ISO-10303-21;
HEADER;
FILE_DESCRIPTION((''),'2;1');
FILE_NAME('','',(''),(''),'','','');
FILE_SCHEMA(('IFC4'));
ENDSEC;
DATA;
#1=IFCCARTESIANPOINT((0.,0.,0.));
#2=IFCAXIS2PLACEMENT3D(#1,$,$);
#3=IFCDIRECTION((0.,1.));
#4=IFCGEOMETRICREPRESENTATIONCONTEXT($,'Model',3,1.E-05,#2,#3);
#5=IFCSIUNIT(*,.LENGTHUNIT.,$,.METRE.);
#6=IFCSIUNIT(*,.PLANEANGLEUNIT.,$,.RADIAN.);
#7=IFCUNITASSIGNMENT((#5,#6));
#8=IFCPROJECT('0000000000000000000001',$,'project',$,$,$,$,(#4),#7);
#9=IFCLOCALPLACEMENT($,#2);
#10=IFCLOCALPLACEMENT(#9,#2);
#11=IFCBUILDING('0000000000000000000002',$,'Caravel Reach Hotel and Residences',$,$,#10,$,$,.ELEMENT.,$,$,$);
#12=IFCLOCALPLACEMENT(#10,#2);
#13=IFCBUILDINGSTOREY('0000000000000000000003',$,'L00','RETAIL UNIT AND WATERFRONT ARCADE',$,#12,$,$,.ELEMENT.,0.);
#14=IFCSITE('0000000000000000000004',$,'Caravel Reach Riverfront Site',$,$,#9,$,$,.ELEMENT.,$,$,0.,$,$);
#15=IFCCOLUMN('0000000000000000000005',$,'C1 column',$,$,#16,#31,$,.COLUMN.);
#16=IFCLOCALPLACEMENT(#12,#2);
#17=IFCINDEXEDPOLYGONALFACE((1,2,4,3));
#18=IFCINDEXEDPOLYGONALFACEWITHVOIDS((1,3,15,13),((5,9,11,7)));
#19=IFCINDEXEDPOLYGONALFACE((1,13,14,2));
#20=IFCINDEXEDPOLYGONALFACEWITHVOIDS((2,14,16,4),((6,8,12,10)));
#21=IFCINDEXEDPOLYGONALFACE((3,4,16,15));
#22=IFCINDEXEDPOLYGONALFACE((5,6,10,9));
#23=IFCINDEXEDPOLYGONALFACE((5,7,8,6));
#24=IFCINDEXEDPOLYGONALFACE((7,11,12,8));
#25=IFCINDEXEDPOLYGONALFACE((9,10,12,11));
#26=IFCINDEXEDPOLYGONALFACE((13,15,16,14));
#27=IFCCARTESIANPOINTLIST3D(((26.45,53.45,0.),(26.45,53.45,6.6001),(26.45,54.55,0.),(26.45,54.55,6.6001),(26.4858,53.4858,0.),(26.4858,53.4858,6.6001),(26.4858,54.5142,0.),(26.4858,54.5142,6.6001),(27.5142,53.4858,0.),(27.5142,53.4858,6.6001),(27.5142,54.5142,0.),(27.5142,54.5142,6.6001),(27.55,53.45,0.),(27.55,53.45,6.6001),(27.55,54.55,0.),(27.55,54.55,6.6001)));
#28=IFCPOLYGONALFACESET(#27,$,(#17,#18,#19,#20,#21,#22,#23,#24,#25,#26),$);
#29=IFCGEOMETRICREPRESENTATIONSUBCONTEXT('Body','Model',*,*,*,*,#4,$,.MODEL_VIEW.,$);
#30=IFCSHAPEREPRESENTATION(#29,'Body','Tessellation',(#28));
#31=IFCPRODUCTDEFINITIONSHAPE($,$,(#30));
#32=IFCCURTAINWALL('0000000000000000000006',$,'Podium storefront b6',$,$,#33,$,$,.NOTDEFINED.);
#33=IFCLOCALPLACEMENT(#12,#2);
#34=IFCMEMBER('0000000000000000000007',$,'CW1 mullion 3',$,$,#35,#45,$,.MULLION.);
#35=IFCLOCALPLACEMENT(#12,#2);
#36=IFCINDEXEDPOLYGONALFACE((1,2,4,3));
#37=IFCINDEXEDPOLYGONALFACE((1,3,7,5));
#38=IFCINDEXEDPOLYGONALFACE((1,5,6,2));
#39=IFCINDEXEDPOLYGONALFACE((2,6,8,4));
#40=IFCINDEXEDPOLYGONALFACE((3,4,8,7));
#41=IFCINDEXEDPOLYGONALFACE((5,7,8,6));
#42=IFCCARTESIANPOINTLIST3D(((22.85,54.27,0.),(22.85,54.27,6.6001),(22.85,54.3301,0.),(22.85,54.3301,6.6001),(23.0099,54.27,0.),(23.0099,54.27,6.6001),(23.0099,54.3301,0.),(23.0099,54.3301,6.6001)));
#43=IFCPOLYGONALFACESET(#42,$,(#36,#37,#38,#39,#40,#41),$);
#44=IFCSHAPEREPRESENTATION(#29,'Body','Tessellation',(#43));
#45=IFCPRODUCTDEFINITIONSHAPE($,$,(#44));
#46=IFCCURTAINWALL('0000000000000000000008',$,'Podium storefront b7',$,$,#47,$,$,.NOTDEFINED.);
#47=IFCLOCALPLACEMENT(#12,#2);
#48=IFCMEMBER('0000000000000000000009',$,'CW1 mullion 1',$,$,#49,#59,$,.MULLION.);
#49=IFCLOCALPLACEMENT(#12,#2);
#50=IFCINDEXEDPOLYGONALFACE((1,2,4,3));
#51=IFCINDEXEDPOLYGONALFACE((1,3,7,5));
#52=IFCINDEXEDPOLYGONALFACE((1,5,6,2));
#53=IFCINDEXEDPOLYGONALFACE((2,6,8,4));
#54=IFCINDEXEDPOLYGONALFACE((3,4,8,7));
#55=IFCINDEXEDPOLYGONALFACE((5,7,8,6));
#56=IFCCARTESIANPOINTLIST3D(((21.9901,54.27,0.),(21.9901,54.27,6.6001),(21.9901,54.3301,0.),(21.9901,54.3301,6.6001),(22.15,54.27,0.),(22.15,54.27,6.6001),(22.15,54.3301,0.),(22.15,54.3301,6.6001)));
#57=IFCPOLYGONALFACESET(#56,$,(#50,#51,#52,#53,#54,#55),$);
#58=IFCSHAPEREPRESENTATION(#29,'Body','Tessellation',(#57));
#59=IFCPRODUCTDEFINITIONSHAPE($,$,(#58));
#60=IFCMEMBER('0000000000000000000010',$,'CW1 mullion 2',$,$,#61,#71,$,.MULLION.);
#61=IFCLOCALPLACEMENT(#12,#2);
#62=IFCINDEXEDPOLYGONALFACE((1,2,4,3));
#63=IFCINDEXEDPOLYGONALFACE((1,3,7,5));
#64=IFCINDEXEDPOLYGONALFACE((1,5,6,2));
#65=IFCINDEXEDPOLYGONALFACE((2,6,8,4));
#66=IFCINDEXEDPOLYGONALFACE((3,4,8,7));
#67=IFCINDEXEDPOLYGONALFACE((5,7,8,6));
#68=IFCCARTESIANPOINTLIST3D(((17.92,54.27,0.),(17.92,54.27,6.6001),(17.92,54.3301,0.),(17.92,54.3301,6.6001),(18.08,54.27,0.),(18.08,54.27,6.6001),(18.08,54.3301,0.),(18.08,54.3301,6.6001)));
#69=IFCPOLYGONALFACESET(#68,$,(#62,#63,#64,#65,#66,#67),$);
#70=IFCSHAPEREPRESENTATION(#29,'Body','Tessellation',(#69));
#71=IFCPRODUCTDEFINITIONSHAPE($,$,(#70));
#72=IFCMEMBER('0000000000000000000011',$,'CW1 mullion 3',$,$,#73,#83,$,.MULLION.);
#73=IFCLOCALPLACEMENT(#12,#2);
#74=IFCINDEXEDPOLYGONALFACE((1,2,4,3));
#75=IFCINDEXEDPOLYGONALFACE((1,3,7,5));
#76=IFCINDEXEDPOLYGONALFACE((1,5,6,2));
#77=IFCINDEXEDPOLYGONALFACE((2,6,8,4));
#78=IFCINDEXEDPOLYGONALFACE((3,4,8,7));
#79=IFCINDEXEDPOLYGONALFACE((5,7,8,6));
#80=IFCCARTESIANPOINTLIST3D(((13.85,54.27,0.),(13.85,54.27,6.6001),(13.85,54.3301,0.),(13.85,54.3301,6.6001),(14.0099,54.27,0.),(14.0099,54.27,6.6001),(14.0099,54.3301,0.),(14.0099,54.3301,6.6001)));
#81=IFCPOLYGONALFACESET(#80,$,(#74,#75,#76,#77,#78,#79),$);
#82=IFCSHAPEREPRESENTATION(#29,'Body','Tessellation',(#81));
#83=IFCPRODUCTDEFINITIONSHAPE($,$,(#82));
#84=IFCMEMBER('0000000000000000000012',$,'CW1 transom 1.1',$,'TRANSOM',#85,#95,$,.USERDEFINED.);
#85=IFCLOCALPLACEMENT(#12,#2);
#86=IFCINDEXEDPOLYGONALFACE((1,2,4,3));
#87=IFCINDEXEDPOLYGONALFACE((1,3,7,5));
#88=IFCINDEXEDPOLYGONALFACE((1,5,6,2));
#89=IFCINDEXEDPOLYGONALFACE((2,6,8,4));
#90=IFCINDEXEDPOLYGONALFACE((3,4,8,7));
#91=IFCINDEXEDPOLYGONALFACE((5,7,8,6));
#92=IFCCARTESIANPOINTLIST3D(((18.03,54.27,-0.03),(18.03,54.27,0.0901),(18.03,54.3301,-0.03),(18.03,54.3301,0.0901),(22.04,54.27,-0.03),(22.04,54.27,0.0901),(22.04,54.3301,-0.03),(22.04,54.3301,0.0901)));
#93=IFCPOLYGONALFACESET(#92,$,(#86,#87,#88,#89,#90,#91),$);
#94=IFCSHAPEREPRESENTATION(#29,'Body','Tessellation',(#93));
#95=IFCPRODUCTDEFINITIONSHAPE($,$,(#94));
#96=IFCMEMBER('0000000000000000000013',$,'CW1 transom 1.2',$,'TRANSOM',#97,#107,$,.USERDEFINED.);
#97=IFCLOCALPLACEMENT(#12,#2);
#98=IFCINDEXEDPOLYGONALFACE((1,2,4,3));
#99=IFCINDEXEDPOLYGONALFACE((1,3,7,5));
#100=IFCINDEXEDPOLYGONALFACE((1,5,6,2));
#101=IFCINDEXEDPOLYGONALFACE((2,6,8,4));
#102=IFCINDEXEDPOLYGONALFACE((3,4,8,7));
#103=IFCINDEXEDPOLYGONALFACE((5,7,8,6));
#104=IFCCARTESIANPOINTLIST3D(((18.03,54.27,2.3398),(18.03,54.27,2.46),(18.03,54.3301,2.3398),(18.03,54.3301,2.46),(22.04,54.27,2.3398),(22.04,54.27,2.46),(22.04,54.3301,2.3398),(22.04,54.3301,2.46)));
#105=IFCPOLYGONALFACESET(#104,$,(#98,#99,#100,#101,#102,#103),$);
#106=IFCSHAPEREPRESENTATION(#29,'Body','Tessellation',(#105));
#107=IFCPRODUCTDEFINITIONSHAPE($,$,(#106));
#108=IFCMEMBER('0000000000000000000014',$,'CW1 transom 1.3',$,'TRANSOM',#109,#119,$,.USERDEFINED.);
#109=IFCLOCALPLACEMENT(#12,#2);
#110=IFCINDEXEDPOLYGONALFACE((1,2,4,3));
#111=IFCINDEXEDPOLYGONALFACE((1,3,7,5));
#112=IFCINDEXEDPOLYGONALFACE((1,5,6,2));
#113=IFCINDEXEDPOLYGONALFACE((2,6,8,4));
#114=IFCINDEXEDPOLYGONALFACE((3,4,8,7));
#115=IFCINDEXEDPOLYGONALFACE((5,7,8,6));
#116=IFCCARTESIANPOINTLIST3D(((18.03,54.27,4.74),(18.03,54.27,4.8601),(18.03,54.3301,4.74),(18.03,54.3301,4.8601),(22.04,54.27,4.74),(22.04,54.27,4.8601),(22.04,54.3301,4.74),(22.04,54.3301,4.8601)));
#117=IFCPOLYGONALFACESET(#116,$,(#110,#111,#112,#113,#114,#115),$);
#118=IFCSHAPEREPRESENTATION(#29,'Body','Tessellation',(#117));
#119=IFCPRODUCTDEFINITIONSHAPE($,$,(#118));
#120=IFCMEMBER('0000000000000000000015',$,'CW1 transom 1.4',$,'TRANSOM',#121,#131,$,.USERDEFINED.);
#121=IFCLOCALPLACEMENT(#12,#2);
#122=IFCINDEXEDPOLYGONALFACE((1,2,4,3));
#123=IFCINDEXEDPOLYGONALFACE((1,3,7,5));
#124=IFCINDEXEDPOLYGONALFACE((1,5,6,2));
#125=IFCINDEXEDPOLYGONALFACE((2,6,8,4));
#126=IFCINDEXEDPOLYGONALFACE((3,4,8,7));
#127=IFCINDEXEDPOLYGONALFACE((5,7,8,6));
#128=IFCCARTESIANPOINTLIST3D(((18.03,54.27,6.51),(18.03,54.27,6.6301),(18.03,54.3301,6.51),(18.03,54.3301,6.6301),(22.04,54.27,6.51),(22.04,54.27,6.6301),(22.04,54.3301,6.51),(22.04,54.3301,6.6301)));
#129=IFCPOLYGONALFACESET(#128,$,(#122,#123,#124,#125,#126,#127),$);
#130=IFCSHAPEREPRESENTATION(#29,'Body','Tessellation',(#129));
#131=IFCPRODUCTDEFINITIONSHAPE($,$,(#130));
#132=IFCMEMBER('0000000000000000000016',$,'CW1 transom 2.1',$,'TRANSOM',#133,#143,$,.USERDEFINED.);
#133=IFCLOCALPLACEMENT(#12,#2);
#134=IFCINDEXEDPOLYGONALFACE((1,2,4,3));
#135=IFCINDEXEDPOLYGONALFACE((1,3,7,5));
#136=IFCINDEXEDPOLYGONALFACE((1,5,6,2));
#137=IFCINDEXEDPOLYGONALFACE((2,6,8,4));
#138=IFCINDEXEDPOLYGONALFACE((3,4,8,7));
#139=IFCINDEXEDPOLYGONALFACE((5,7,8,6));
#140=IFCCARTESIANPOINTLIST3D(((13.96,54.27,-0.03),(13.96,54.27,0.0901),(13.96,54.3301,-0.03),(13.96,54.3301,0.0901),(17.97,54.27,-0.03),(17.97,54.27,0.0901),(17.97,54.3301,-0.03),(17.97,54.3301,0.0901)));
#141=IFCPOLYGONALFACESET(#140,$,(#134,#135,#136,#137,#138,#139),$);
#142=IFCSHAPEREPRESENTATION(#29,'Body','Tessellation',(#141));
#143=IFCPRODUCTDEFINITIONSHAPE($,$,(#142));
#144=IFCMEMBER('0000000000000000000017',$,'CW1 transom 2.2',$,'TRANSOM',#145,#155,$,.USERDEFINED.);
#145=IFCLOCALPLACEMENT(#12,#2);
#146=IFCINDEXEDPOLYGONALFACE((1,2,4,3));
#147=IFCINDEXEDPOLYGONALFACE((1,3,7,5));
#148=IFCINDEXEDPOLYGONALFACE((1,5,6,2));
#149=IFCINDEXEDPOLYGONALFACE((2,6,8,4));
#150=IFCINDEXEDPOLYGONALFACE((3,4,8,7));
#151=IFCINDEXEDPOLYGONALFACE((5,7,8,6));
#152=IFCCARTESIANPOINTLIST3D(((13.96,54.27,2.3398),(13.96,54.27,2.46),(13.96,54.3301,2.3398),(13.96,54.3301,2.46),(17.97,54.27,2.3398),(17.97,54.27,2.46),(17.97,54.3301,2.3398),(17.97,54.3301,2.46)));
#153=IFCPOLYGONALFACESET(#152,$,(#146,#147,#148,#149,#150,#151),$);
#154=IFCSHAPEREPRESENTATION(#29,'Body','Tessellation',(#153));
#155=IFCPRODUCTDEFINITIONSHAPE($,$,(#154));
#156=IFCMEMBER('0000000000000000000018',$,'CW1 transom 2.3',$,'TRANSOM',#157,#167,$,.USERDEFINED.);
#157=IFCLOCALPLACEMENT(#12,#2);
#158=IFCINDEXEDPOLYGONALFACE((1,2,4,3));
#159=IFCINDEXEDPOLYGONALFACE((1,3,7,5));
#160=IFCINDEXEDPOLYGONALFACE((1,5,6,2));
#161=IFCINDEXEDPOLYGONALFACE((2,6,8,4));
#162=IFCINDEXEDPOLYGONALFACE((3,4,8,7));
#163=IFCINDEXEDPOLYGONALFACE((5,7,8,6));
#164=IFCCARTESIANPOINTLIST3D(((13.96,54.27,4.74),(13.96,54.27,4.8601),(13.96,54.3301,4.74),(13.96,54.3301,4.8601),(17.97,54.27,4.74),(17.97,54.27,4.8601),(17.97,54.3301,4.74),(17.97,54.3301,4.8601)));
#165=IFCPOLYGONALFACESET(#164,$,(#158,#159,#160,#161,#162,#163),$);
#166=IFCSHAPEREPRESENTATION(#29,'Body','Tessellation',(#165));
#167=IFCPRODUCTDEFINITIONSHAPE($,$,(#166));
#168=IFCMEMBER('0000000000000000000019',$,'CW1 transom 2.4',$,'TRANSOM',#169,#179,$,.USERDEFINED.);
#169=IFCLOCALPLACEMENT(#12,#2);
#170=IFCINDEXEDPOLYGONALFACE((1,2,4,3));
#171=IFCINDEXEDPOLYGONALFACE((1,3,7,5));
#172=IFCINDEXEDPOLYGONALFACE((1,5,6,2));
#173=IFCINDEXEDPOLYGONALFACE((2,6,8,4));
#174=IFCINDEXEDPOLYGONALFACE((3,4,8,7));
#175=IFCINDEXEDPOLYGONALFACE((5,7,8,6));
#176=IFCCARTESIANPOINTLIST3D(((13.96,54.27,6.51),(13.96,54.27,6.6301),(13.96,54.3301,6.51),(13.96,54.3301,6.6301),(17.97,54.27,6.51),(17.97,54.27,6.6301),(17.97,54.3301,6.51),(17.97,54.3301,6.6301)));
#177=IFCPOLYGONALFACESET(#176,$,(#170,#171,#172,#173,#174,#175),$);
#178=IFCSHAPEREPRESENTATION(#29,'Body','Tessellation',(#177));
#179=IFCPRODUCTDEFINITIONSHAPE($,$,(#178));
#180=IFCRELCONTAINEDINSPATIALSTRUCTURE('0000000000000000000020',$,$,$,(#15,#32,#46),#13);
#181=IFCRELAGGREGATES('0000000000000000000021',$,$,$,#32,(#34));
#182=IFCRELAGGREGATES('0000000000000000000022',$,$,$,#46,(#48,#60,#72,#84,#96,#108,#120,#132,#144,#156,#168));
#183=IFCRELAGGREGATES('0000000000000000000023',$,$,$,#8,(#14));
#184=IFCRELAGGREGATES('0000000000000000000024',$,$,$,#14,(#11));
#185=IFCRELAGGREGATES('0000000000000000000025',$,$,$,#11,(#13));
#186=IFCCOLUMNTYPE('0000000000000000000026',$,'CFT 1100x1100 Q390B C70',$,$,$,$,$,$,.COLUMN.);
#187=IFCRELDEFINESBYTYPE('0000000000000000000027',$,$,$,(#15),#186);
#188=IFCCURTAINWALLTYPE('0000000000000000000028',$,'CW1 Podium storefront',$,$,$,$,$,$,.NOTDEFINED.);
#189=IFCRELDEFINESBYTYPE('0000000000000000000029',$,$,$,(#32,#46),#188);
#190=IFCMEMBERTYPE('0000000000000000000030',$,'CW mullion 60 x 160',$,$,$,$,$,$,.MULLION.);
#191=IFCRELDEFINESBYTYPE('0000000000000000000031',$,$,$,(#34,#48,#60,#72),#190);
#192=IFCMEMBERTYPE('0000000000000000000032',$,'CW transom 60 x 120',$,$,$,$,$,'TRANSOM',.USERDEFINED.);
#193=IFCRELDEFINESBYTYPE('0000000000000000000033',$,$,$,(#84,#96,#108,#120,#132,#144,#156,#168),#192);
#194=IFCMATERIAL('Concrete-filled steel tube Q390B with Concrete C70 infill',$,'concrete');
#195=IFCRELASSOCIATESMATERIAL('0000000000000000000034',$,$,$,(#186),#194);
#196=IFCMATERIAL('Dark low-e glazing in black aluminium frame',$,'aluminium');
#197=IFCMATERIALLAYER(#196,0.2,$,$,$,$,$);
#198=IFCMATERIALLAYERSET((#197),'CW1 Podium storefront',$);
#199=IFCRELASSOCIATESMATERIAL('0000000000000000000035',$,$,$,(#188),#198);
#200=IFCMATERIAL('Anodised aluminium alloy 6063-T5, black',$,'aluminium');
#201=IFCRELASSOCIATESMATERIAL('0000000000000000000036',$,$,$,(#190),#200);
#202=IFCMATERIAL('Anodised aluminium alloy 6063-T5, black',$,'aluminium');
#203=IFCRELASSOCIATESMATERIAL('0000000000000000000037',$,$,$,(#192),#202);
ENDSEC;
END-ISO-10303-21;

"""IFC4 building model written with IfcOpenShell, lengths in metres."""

from ifc_helpers import new_model, si_unit, direction, frame, origin, origin_2d, place, context, subcontext, project, spatial, rectangle, hollow_rectangle, extrude, material, layer, layer_set, material_profile, profile_set, type_object, element, aggregate, save


model = new_model("IFC4")

# Units and contexts
model_context = context("Model", 3, precision=1e-05, world=origin(), true_north=direction((0.0, 1.0)))
body_context = subcontext(model_context, "Body", "Model", "MODEL_VIEW")
ifc_project = project(units=[si_unit("LENGTHUNIT", "METRE"), si_unit("PLANEANGLEUNIT", "RADIAN")], contexts=[model_context])

# Site, building, storey
site_placement = place(None, origin())
site = spatial("IfcSite", under=ifc_project, at=site_placement, Name="Caravel Reach Riverfront Site", CompositionType="ELEMENT", RefElevation=0.0)
building_placement = place(site_placement, origin())
building = spatial("IfcBuilding", under=site, at=building_placement, Name="Caravel Reach Hotel and Residences", CompositionType="ELEMENT")
storey_placement = place(building_placement, origin())
storey = spatial("IfcBuildingStorey", under=building, at=storey_placement, Name="L00", Description="RETAIL UNIT AND WATERFRONT ARCADE", CompositionType="ELEMENT", Elevation=0.0)

# Column
ifc_material_1 = material(Name="Concrete-filled steel tube Q390B with Concrete C70 infill", Category="concrete")
ifc_material_profile_1 = material_profile(ifc_material_1, hollow_rectangle(XDim=1.1001, YDim=1.1001, WallThickness=0.0359, at=origin_2d()), Name="RHS 1100x1100x36")
ifc_profile_set_1 = profile_set([ifc_material_profile_1], Name="Concrete-filled steel tube Q390B with Concrete C70 infill")
column_type = type_object("IfcColumnType", Name="CFT 1100x1100 Q390B C70", PredefinedType="COLUMN", material=ifc_profile_set_1)
column_placement = place(storey_placement, frame((27.0, 54.0, 0.0), z_axis=(0.0, 0.0, 1.0), x_axis=(1.0, 0.0, 0.0)))
element("IfcColumn", 1, at=column_placement, inside=storey, type_object=column_type, Name="C1 column", PredefinedType="COLUMN", context=body_context, shape_type="SweptSolid", body=[
    extrude(hollow_rectangle(XDim=1.1001, YDim=1.1001, WallThickness=0.0359, at=origin_2d()), origin(), (0.0, 0.0, 1.0), 6.6001),
])

# Curtain wall, member
ifc_material_2 = material(Name="Dark low-e glazing in black aluminium frame", Category="aluminium")
ifc_layer_1 = layer(ifc_material_2, 0.2)
ifc_layer_set_1 = layer_set([ifc_layer_1], Name="CW1 Podium storefront")
curtain_wall_type = type_object("IfcCurtainWallType", Name="CW1 Podium storefront", PredefinedType="NOTDEFINED", material=ifc_layer_set_1)
curtain_wall_1_placement = place(storey_placement, origin())
curtain_wall_1 = element("IfcCurtainWall", 2, at=curtain_wall_1_placement, inside=storey, type_object=curtain_wall_type, Name="Podium storefront b6", PredefinedType="NOTDEFINED")
ifc_material_3 = material(Name="Anodised aluminium alloy 6063-T5, black", Category="aluminium")
ifc_material_profile_2 = material_profile(ifc_material_3, rectangle(XDim=0.0601, YDim=0.1599, at=origin_2d()), Name="CW mullion 60 x 160")
ifc_profile_set_2 = profile_set([ifc_material_profile_2], Name="Anodised aluminium alloy 6063-T5, black")
member_type_1 = type_object("IfcMemberType", Name="CW mullion 60 x 160", PredefinedType="MULLION", material=ifc_profile_set_2)
member_1_placement = place(storey_placement, frame((22.9299, 54.3, 0.0), z_axis=(0.0, 0.0, 1.0), x_axis=(0.0, -1.0, 0.0)))
member_1 = element("IfcMember", 3, at=member_1_placement, type_object=member_type_1, Name="CW1 mullion 3", PredefinedType="MULLION", context=body_context, shape_type="SweptSolid", body=[
    extrude(rectangle(XDim=0.0601, YDim=0.1599, at=origin_2d()), origin(), (0.0, 0.0, 1.0), 6.6001),
])

# Curtain wall, members
curtain_wall_2_placement = place(storey_placement, origin())
curtain_wall_2 = element("IfcCurtainWall", 4, at=curtain_wall_2_placement, inside=storey, type_object=curtain_wall_type, Name="Podium storefront b7", PredefinedType="NOTDEFINED")
member_2_placement = place(storey_placement, frame((22.0701, 54.3, 0.0), z_axis=(0.0, 0.0, 1.0), x_axis=(0.0, -1.0, 0.0)))
member_2 = element("IfcMember", 5, at=member_2_placement, type_object=member_type_1, Name="CW1 mullion 1", PredefinedType="MULLION", context=body_context, shape_type="SweptSolid", body=[
    extrude(rectangle(XDim=0.0601, YDim=0.1599, at=origin_2d()), origin(), (0.0, 0.0, 1.0), 6.6001),
])
member_3_placement = place(storey_placement, frame((18.0, 54.3, 0.0), z_axis=(0.0, 0.0, 1.0), x_axis=(0.0, -1.0, 0.0)))
member_3 = element("IfcMember", 6, at=member_3_placement, type_object=member_type_1, Name="CW1 mullion 2", PredefinedType="MULLION", context=body_context, shape_type="SweptSolid", body=[
    extrude(rectangle(XDim=0.0601, YDim=0.1599, at=origin_2d()), origin(), (0.0, 0.0, 1.0), 6.6001),
])
member_4_placement = place(storey_placement, frame((13.9299, 54.3, 0.0), z_axis=(0.0, 0.0, 1.0), x_axis=(0.0, -1.0, 0.0)))
member_4 = element("IfcMember", 7, at=member_4_placement, type_object=member_type_1, Name="CW1 mullion 3", PredefinedType="MULLION", context=body_context, shape_type="SweptSolid", body=[
    extrude(rectangle(XDim=0.0601, YDim=0.1599, at=origin_2d()), origin(), (0.0, 0.0, 1.0), 6.6001),
])
ifc_material_4 = material(Name="Anodised aluminium alloy 6063-T5, black", Category="aluminium")
ifc_material_profile_3 = material_profile(ifc_material_4, rectangle(XDim=0.0601, YDim=0.1201, at=origin_2d()), Name="CW transom 60 x 120")
ifc_profile_set_3 = profile_set([ifc_material_profile_3], Name="Anodised aluminium alloy 6063-T5, black")
member_type_2 = type_object("IfcMemberType", Name="CW transom 60 x 120", ElementType="TRANSOM", PredefinedType="USERDEFINED", material=ifc_profile_set_3)
member_5_placement = place(storey_placement, frame((22.04, 54.3, 0.03), z_axis=(-1.0, 0.0, 0.0), x_axis=(0.0, -1.0, 0.0)))
member_5 = element("IfcMember", 8, at=member_5_placement, type_object=member_type_2, Name="CW1 transom 1.1", ObjectType="TRANSOM", PredefinedType="USERDEFINED", context=body_context, shape_type="SweptSolid", body=[
    extrude(rectangle(XDim=0.0601, YDim=0.1201, at=origin_2d()), origin(), (0.0, 0.0, 1.0), 4.01),
])
member_6_placement = place(storey_placement, frame((22.04, 54.3, 2.3999), z_axis=(-1.0, 0.0, 0.0), x_axis=(0.0, -1.0, 0.0)))
member_6 = element("IfcMember", 9, at=member_6_placement, type_object=member_type_2, Name="CW1 transom 1.2", ObjectType="TRANSOM", PredefinedType="USERDEFINED", context=body_context, shape_type="SweptSolid", body=[
    extrude(rectangle(XDim=0.0601, YDim=0.1201, at=origin_2d()), origin(), (0.0, 0.0, 1.0), 4.01),
])
member_7_placement = place(storey_placement, frame((22.04, 54.3, 4.8), z_axis=(-1.0, 0.0, 0.0), x_axis=(0.0, -1.0, 0.0)))
member_7 = element("IfcMember", 10, at=member_7_placement, type_object=member_type_2, Name="CW1 transom 1.3", ObjectType="TRANSOM", PredefinedType="USERDEFINED", context=body_context, shape_type="SweptSolid", body=[
    extrude(rectangle(XDim=0.0601, YDim=0.1201, at=origin_2d()), origin(), (0.0, 0.0, 1.0), 4.01),
])
member_8_placement = place(storey_placement, frame((22.04, 54.3, 6.5701), z_axis=(-1.0, 0.0, 0.0), x_axis=(0.0, -1.0, 0.0)))
member_8 = element("IfcMember", 11, at=member_8_placement, type_object=member_type_2, Name="CW1 transom 1.4", ObjectType="TRANSOM", PredefinedType="USERDEFINED", context=body_context, shape_type="SweptSolid", body=[
    extrude(rectangle(XDim=0.0601, YDim=0.1201, at=origin_2d()), origin(), (0.0, 0.0, 1.0), 4.01),
])
member_9_placement = place(storey_placement, frame((17.97, 54.3, 0.03), z_axis=(-1.0, 0.0, 0.0), x_axis=(0.0, -1.0, 0.0)))
member_9 = element("IfcMember", 12, at=member_9_placement, type_object=member_type_2, Name="CW1 transom 2.1", ObjectType="TRANSOM", PredefinedType="USERDEFINED", context=body_context, shape_type="SweptSolid", body=[
    extrude(rectangle(XDim=0.0601, YDim=0.1201, at=origin_2d()), origin(), (0.0, 0.0, 1.0), 4.01),
])
member_10_placement = place(storey_placement, frame((17.97, 54.3, 2.3999), z_axis=(-1.0, 0.0, 0.0), x_axis=(0.0, -1.0, 0.0)))
member_10 = element("IfcMember", 13, at=member_10_placement, type_object=member_type_2, Name="CW1 transom 2.2", ObjectType="TRANSOM", PredefinedType="USERDEFINED", context=body_context, shape_type="SweptSolid", body=[
    extrude(rectangle(XDim=0.0601, YDim=0.1201, at=origin_2d()), origin(), (0.0, 0.0, 1.0), 4.01),
])
member_11_placement = place(storey_placement, frame((17.97, 54.3, 4.8), z_axis=(-1.0, 0.0, 0.0), x_axis=(0.0, -1.0, 0.0)))
member_11 = element("IfcMember", 14, at=member_11_placement, type_object=member_type_2, Name="CW1 transom 2.3", ObjectType="TRANSOM", PredefinedType="USERDEFINED", context=body_context, shape_type="SweptSolid", body=[
    extrude(rectangle(XDim=0.0601, YDim=0.1201, at=origin_2d()), origin(), (0.0, 0.0, 1.0), 4.01),
])
member_12_placement = place(storey_placement, frame((17.97, 54.3, 6.5701), z_axis=(-1.0, 0.0, 0.0), x_axis=(0.0, -1.0, 0.0)))
member_12 = element("IfcMember", 15, at=member_12_placement, type_object=member_type_2, Name="CW1 transom 2.4", ObjectType="TRANSOM", PredefinedType="USERDEFINED", context=body_context, shape_type="SweptSolid", body=[
    extrude(rectangle(XDim=0.0601, YDim=0.1201, at=origin_2d()), origin(), (0.0, 0.0, 1.0), 4.01),
])

aggregate(curtain_wall_1, [member_1])
aggregate(curtain_wall_2, [member_2, member_3, member_4, member_5, member_6, member_7, member_8, member_9, member_10, member_11, member_12])

save(model, "model.ifc")
